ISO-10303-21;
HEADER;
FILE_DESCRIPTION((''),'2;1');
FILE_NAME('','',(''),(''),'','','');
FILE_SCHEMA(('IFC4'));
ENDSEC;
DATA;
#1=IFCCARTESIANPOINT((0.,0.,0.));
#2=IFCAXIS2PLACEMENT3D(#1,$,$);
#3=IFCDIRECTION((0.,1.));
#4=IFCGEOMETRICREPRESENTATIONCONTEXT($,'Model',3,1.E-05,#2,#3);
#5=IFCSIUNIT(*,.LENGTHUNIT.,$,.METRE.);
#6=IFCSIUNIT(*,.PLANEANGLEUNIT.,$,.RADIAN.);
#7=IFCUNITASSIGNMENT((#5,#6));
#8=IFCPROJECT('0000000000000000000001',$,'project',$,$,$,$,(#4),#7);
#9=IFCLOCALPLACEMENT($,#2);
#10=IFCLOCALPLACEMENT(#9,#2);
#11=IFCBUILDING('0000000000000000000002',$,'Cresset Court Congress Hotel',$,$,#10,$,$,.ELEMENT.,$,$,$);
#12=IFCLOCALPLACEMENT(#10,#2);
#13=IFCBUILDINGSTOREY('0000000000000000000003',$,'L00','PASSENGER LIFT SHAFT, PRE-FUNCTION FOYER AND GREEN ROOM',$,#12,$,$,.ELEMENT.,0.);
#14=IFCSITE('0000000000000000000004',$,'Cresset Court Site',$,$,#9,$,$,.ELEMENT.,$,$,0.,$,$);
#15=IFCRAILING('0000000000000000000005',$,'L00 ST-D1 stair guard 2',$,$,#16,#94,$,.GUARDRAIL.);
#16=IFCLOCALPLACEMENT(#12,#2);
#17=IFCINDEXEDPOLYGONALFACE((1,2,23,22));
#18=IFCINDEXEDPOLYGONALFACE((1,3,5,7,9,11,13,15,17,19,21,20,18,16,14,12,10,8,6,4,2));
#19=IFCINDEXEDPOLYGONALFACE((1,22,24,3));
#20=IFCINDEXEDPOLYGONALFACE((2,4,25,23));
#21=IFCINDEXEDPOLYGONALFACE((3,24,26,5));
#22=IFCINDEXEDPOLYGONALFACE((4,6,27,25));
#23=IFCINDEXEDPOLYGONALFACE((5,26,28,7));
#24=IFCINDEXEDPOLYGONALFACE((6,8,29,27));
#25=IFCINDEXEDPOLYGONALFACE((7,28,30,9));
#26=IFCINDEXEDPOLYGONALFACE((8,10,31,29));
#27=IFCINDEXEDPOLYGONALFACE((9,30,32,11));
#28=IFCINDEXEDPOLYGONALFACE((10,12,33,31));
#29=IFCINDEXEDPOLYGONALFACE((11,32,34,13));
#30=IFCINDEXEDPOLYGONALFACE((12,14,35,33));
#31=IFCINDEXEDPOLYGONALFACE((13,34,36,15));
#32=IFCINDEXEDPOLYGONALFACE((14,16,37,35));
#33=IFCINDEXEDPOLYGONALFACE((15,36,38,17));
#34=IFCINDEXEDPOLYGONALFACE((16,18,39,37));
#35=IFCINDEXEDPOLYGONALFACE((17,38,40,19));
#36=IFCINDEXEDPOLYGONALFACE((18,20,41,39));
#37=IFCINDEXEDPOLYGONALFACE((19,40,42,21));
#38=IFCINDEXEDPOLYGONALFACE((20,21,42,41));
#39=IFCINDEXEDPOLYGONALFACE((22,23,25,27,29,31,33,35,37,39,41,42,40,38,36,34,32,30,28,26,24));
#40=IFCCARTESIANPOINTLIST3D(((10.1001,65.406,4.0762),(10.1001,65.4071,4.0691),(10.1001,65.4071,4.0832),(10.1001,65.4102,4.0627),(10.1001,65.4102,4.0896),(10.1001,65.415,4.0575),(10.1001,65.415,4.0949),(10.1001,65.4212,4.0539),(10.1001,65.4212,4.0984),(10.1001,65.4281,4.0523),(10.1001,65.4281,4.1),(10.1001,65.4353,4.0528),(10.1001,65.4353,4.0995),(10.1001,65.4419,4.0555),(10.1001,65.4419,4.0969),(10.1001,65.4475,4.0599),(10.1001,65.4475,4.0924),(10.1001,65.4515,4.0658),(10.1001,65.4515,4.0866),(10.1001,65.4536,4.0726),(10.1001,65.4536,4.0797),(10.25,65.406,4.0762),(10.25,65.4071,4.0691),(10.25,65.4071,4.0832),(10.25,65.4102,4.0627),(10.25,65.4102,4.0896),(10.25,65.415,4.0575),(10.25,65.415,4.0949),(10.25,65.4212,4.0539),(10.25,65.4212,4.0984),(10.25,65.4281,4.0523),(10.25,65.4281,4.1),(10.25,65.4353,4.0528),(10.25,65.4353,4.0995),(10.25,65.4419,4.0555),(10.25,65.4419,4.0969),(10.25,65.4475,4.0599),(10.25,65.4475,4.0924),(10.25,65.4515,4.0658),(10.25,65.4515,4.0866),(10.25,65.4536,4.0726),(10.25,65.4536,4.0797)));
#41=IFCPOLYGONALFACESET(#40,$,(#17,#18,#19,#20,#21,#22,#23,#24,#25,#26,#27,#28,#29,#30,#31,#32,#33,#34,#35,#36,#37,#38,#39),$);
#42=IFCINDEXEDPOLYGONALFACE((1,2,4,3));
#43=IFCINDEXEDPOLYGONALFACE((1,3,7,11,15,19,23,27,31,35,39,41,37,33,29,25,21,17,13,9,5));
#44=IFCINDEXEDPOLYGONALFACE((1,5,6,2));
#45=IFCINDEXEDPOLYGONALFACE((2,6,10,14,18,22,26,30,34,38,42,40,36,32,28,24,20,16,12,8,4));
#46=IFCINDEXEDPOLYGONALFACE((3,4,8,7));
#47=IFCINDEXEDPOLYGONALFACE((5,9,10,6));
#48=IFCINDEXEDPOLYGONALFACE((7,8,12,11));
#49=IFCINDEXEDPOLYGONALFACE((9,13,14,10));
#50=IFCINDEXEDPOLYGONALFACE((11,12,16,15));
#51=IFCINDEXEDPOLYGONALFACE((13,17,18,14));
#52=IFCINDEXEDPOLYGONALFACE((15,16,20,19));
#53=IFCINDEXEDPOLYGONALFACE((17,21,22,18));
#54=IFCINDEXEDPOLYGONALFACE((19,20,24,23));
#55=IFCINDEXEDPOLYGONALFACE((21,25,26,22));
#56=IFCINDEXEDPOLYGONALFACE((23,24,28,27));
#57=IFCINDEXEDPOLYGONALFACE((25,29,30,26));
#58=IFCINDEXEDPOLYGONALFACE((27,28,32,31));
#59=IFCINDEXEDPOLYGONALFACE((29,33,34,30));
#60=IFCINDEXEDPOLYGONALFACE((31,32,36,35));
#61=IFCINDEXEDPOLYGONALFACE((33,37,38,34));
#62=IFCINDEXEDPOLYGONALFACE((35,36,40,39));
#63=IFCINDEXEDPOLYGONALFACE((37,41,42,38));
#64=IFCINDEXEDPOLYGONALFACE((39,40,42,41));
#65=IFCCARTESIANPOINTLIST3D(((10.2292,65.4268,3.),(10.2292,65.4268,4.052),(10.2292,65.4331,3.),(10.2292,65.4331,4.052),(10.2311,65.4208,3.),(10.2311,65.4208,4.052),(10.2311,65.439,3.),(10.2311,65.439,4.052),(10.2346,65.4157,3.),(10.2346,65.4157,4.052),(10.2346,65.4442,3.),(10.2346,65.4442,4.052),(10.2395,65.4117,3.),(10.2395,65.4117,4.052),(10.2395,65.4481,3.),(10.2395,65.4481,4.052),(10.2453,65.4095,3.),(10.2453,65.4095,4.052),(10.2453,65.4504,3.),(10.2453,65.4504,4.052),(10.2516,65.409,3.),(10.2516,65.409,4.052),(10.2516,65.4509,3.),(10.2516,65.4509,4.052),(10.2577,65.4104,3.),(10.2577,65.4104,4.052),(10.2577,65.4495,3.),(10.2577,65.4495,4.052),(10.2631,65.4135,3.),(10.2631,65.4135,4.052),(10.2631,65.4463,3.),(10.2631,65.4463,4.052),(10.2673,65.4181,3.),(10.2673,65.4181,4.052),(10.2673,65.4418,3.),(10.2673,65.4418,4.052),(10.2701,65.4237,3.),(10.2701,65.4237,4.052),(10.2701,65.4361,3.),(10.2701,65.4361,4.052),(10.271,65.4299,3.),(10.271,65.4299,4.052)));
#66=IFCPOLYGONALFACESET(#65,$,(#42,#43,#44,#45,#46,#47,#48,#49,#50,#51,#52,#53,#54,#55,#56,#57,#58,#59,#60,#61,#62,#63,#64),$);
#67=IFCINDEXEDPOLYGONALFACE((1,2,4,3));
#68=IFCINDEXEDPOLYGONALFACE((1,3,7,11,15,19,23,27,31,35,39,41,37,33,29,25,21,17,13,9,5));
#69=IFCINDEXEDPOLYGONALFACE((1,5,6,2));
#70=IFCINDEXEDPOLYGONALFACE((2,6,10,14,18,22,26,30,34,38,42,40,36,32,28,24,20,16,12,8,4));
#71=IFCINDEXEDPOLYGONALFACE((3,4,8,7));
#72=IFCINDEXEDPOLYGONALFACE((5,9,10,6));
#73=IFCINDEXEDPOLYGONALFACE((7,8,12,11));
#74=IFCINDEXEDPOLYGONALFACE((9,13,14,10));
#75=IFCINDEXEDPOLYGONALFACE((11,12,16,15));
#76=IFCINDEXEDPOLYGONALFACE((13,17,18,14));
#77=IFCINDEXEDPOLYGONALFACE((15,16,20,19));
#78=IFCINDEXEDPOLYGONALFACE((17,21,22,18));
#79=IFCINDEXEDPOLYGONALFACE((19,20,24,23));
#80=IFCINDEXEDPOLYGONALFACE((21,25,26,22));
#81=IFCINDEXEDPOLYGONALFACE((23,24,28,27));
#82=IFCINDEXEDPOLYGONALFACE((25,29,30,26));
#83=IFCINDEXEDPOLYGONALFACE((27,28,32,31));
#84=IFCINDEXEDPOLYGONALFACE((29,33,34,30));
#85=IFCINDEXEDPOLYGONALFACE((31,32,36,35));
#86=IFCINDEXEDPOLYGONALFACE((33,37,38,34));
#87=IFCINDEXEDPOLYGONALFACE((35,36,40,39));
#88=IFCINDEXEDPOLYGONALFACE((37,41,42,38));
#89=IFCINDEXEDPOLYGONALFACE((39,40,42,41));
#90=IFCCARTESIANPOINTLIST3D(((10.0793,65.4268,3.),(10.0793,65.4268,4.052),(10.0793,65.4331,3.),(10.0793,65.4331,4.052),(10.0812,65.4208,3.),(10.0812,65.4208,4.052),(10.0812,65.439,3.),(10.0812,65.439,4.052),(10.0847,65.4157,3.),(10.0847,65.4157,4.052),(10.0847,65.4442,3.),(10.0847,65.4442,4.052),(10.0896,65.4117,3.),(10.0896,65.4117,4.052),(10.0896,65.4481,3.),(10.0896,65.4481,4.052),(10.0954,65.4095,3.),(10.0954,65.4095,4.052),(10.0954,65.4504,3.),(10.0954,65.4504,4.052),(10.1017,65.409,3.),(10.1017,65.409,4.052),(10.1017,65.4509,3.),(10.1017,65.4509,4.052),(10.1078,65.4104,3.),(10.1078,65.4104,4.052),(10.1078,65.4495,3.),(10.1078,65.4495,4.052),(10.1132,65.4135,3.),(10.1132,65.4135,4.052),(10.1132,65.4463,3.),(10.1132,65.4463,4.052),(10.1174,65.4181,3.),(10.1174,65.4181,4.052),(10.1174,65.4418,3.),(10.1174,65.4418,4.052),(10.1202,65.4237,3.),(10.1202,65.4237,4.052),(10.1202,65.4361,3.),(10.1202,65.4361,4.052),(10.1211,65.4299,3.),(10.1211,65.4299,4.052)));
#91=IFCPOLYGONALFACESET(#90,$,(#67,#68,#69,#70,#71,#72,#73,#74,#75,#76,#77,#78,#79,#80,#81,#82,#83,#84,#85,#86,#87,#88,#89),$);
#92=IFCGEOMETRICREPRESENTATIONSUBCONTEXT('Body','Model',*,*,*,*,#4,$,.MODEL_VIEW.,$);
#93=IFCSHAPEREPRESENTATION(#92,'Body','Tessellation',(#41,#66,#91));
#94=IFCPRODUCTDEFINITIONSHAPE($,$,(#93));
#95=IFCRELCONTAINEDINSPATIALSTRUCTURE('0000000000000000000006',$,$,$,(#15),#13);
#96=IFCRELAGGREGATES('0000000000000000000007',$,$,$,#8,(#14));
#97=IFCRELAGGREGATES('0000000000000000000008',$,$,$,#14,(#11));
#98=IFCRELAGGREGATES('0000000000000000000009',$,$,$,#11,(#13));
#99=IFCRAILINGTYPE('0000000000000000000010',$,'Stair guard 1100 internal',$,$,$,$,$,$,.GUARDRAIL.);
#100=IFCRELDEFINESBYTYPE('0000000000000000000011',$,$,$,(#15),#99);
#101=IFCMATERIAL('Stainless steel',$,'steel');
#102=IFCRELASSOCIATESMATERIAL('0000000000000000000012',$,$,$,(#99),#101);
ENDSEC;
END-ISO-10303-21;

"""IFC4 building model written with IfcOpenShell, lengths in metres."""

from ifc_helpers import new_model, si_unit, direction, frame, origin, origin_2d, place, context, subcontext, project, spatial, circle, extrude, material, type_object, element, save


model = new_model("IFC4")

# Units and contexts
model_context = context("Model", 3, precision=1e-05, world=origin(), true_north=direction((0.0, 1.0)))
body_context = subcontext(model_context, "Body", "Model", "MODEL_VIEW")
ifc_project = project(units=[si_unit("LENGTHUNIT", "METRE"), si_unit("PLANEANGLEUNIT", "RADIAN")], contexts=[model_context])

# Site, building, storey
site_placement = place(None, origin())
site = spatial("IfcSite", under=ifc_project, at=site_placement, Name="Cresset Court Site", CompositionType="ELEMENT", RefElevation=0.0)
building_placement = place(site_placement, origin())
building = spatial("IfcBuilding", under=site, at=building_placement, Name="Cresset Court Congress Hotel", CompositionType="ELEMENT")
storey_placement = place(building_placement, origin())
storey = spatial("IfcBuildingStorey", under=building, at=storey_placement, Name="L00", Description="PASSENGER LIFT SHAFT, PRE-FUNCTION FOYER AND GREEN ROOM", CompositionType="ELEMENT", Elevation=0.0)

# Railing
ifc_material_1 = material(Name="Stainless steel", Category="steel")
railing_type_1 = type_object("IfcRailingType", Name="Stair guard 1100 internal", PredefinedType="GUARDRAIL", material=ifc_material_1)
railing_1_placement = place(storey_placement, frame((10.25, 65.4299, 3.0)))
element("IfcRailing", 1, at=railing_1_placement, inside=storey, type_object=railing_type_1, Name="L00 ST-D1 stair guard 2", PredefinedType="GUARDRAIL", context=body_context, shape_type="SweptSolid", body=[
    extrude(circle(Radius=0.0239, at=origin_2d()), frame((0.0, 0.0, 1.0762), z_axis=(-1.0, 0.0, 0.0), x_axis=(0.0, -1.0, 0.0)), (0.0, 0.0, 1.0), 0.1499),
    extrude(circle(Radius=0.021, at=origin_2d()), origin(), (0.0, 0.0, 1.0), 1.052),
    extrude(circle(Radius=0.021, at=origin_2d()), frame((-0.1499, 0.0, 0.0)), (0.0, 0.0, 1.0), 1.052),
])

save(model, "model.ifc")
